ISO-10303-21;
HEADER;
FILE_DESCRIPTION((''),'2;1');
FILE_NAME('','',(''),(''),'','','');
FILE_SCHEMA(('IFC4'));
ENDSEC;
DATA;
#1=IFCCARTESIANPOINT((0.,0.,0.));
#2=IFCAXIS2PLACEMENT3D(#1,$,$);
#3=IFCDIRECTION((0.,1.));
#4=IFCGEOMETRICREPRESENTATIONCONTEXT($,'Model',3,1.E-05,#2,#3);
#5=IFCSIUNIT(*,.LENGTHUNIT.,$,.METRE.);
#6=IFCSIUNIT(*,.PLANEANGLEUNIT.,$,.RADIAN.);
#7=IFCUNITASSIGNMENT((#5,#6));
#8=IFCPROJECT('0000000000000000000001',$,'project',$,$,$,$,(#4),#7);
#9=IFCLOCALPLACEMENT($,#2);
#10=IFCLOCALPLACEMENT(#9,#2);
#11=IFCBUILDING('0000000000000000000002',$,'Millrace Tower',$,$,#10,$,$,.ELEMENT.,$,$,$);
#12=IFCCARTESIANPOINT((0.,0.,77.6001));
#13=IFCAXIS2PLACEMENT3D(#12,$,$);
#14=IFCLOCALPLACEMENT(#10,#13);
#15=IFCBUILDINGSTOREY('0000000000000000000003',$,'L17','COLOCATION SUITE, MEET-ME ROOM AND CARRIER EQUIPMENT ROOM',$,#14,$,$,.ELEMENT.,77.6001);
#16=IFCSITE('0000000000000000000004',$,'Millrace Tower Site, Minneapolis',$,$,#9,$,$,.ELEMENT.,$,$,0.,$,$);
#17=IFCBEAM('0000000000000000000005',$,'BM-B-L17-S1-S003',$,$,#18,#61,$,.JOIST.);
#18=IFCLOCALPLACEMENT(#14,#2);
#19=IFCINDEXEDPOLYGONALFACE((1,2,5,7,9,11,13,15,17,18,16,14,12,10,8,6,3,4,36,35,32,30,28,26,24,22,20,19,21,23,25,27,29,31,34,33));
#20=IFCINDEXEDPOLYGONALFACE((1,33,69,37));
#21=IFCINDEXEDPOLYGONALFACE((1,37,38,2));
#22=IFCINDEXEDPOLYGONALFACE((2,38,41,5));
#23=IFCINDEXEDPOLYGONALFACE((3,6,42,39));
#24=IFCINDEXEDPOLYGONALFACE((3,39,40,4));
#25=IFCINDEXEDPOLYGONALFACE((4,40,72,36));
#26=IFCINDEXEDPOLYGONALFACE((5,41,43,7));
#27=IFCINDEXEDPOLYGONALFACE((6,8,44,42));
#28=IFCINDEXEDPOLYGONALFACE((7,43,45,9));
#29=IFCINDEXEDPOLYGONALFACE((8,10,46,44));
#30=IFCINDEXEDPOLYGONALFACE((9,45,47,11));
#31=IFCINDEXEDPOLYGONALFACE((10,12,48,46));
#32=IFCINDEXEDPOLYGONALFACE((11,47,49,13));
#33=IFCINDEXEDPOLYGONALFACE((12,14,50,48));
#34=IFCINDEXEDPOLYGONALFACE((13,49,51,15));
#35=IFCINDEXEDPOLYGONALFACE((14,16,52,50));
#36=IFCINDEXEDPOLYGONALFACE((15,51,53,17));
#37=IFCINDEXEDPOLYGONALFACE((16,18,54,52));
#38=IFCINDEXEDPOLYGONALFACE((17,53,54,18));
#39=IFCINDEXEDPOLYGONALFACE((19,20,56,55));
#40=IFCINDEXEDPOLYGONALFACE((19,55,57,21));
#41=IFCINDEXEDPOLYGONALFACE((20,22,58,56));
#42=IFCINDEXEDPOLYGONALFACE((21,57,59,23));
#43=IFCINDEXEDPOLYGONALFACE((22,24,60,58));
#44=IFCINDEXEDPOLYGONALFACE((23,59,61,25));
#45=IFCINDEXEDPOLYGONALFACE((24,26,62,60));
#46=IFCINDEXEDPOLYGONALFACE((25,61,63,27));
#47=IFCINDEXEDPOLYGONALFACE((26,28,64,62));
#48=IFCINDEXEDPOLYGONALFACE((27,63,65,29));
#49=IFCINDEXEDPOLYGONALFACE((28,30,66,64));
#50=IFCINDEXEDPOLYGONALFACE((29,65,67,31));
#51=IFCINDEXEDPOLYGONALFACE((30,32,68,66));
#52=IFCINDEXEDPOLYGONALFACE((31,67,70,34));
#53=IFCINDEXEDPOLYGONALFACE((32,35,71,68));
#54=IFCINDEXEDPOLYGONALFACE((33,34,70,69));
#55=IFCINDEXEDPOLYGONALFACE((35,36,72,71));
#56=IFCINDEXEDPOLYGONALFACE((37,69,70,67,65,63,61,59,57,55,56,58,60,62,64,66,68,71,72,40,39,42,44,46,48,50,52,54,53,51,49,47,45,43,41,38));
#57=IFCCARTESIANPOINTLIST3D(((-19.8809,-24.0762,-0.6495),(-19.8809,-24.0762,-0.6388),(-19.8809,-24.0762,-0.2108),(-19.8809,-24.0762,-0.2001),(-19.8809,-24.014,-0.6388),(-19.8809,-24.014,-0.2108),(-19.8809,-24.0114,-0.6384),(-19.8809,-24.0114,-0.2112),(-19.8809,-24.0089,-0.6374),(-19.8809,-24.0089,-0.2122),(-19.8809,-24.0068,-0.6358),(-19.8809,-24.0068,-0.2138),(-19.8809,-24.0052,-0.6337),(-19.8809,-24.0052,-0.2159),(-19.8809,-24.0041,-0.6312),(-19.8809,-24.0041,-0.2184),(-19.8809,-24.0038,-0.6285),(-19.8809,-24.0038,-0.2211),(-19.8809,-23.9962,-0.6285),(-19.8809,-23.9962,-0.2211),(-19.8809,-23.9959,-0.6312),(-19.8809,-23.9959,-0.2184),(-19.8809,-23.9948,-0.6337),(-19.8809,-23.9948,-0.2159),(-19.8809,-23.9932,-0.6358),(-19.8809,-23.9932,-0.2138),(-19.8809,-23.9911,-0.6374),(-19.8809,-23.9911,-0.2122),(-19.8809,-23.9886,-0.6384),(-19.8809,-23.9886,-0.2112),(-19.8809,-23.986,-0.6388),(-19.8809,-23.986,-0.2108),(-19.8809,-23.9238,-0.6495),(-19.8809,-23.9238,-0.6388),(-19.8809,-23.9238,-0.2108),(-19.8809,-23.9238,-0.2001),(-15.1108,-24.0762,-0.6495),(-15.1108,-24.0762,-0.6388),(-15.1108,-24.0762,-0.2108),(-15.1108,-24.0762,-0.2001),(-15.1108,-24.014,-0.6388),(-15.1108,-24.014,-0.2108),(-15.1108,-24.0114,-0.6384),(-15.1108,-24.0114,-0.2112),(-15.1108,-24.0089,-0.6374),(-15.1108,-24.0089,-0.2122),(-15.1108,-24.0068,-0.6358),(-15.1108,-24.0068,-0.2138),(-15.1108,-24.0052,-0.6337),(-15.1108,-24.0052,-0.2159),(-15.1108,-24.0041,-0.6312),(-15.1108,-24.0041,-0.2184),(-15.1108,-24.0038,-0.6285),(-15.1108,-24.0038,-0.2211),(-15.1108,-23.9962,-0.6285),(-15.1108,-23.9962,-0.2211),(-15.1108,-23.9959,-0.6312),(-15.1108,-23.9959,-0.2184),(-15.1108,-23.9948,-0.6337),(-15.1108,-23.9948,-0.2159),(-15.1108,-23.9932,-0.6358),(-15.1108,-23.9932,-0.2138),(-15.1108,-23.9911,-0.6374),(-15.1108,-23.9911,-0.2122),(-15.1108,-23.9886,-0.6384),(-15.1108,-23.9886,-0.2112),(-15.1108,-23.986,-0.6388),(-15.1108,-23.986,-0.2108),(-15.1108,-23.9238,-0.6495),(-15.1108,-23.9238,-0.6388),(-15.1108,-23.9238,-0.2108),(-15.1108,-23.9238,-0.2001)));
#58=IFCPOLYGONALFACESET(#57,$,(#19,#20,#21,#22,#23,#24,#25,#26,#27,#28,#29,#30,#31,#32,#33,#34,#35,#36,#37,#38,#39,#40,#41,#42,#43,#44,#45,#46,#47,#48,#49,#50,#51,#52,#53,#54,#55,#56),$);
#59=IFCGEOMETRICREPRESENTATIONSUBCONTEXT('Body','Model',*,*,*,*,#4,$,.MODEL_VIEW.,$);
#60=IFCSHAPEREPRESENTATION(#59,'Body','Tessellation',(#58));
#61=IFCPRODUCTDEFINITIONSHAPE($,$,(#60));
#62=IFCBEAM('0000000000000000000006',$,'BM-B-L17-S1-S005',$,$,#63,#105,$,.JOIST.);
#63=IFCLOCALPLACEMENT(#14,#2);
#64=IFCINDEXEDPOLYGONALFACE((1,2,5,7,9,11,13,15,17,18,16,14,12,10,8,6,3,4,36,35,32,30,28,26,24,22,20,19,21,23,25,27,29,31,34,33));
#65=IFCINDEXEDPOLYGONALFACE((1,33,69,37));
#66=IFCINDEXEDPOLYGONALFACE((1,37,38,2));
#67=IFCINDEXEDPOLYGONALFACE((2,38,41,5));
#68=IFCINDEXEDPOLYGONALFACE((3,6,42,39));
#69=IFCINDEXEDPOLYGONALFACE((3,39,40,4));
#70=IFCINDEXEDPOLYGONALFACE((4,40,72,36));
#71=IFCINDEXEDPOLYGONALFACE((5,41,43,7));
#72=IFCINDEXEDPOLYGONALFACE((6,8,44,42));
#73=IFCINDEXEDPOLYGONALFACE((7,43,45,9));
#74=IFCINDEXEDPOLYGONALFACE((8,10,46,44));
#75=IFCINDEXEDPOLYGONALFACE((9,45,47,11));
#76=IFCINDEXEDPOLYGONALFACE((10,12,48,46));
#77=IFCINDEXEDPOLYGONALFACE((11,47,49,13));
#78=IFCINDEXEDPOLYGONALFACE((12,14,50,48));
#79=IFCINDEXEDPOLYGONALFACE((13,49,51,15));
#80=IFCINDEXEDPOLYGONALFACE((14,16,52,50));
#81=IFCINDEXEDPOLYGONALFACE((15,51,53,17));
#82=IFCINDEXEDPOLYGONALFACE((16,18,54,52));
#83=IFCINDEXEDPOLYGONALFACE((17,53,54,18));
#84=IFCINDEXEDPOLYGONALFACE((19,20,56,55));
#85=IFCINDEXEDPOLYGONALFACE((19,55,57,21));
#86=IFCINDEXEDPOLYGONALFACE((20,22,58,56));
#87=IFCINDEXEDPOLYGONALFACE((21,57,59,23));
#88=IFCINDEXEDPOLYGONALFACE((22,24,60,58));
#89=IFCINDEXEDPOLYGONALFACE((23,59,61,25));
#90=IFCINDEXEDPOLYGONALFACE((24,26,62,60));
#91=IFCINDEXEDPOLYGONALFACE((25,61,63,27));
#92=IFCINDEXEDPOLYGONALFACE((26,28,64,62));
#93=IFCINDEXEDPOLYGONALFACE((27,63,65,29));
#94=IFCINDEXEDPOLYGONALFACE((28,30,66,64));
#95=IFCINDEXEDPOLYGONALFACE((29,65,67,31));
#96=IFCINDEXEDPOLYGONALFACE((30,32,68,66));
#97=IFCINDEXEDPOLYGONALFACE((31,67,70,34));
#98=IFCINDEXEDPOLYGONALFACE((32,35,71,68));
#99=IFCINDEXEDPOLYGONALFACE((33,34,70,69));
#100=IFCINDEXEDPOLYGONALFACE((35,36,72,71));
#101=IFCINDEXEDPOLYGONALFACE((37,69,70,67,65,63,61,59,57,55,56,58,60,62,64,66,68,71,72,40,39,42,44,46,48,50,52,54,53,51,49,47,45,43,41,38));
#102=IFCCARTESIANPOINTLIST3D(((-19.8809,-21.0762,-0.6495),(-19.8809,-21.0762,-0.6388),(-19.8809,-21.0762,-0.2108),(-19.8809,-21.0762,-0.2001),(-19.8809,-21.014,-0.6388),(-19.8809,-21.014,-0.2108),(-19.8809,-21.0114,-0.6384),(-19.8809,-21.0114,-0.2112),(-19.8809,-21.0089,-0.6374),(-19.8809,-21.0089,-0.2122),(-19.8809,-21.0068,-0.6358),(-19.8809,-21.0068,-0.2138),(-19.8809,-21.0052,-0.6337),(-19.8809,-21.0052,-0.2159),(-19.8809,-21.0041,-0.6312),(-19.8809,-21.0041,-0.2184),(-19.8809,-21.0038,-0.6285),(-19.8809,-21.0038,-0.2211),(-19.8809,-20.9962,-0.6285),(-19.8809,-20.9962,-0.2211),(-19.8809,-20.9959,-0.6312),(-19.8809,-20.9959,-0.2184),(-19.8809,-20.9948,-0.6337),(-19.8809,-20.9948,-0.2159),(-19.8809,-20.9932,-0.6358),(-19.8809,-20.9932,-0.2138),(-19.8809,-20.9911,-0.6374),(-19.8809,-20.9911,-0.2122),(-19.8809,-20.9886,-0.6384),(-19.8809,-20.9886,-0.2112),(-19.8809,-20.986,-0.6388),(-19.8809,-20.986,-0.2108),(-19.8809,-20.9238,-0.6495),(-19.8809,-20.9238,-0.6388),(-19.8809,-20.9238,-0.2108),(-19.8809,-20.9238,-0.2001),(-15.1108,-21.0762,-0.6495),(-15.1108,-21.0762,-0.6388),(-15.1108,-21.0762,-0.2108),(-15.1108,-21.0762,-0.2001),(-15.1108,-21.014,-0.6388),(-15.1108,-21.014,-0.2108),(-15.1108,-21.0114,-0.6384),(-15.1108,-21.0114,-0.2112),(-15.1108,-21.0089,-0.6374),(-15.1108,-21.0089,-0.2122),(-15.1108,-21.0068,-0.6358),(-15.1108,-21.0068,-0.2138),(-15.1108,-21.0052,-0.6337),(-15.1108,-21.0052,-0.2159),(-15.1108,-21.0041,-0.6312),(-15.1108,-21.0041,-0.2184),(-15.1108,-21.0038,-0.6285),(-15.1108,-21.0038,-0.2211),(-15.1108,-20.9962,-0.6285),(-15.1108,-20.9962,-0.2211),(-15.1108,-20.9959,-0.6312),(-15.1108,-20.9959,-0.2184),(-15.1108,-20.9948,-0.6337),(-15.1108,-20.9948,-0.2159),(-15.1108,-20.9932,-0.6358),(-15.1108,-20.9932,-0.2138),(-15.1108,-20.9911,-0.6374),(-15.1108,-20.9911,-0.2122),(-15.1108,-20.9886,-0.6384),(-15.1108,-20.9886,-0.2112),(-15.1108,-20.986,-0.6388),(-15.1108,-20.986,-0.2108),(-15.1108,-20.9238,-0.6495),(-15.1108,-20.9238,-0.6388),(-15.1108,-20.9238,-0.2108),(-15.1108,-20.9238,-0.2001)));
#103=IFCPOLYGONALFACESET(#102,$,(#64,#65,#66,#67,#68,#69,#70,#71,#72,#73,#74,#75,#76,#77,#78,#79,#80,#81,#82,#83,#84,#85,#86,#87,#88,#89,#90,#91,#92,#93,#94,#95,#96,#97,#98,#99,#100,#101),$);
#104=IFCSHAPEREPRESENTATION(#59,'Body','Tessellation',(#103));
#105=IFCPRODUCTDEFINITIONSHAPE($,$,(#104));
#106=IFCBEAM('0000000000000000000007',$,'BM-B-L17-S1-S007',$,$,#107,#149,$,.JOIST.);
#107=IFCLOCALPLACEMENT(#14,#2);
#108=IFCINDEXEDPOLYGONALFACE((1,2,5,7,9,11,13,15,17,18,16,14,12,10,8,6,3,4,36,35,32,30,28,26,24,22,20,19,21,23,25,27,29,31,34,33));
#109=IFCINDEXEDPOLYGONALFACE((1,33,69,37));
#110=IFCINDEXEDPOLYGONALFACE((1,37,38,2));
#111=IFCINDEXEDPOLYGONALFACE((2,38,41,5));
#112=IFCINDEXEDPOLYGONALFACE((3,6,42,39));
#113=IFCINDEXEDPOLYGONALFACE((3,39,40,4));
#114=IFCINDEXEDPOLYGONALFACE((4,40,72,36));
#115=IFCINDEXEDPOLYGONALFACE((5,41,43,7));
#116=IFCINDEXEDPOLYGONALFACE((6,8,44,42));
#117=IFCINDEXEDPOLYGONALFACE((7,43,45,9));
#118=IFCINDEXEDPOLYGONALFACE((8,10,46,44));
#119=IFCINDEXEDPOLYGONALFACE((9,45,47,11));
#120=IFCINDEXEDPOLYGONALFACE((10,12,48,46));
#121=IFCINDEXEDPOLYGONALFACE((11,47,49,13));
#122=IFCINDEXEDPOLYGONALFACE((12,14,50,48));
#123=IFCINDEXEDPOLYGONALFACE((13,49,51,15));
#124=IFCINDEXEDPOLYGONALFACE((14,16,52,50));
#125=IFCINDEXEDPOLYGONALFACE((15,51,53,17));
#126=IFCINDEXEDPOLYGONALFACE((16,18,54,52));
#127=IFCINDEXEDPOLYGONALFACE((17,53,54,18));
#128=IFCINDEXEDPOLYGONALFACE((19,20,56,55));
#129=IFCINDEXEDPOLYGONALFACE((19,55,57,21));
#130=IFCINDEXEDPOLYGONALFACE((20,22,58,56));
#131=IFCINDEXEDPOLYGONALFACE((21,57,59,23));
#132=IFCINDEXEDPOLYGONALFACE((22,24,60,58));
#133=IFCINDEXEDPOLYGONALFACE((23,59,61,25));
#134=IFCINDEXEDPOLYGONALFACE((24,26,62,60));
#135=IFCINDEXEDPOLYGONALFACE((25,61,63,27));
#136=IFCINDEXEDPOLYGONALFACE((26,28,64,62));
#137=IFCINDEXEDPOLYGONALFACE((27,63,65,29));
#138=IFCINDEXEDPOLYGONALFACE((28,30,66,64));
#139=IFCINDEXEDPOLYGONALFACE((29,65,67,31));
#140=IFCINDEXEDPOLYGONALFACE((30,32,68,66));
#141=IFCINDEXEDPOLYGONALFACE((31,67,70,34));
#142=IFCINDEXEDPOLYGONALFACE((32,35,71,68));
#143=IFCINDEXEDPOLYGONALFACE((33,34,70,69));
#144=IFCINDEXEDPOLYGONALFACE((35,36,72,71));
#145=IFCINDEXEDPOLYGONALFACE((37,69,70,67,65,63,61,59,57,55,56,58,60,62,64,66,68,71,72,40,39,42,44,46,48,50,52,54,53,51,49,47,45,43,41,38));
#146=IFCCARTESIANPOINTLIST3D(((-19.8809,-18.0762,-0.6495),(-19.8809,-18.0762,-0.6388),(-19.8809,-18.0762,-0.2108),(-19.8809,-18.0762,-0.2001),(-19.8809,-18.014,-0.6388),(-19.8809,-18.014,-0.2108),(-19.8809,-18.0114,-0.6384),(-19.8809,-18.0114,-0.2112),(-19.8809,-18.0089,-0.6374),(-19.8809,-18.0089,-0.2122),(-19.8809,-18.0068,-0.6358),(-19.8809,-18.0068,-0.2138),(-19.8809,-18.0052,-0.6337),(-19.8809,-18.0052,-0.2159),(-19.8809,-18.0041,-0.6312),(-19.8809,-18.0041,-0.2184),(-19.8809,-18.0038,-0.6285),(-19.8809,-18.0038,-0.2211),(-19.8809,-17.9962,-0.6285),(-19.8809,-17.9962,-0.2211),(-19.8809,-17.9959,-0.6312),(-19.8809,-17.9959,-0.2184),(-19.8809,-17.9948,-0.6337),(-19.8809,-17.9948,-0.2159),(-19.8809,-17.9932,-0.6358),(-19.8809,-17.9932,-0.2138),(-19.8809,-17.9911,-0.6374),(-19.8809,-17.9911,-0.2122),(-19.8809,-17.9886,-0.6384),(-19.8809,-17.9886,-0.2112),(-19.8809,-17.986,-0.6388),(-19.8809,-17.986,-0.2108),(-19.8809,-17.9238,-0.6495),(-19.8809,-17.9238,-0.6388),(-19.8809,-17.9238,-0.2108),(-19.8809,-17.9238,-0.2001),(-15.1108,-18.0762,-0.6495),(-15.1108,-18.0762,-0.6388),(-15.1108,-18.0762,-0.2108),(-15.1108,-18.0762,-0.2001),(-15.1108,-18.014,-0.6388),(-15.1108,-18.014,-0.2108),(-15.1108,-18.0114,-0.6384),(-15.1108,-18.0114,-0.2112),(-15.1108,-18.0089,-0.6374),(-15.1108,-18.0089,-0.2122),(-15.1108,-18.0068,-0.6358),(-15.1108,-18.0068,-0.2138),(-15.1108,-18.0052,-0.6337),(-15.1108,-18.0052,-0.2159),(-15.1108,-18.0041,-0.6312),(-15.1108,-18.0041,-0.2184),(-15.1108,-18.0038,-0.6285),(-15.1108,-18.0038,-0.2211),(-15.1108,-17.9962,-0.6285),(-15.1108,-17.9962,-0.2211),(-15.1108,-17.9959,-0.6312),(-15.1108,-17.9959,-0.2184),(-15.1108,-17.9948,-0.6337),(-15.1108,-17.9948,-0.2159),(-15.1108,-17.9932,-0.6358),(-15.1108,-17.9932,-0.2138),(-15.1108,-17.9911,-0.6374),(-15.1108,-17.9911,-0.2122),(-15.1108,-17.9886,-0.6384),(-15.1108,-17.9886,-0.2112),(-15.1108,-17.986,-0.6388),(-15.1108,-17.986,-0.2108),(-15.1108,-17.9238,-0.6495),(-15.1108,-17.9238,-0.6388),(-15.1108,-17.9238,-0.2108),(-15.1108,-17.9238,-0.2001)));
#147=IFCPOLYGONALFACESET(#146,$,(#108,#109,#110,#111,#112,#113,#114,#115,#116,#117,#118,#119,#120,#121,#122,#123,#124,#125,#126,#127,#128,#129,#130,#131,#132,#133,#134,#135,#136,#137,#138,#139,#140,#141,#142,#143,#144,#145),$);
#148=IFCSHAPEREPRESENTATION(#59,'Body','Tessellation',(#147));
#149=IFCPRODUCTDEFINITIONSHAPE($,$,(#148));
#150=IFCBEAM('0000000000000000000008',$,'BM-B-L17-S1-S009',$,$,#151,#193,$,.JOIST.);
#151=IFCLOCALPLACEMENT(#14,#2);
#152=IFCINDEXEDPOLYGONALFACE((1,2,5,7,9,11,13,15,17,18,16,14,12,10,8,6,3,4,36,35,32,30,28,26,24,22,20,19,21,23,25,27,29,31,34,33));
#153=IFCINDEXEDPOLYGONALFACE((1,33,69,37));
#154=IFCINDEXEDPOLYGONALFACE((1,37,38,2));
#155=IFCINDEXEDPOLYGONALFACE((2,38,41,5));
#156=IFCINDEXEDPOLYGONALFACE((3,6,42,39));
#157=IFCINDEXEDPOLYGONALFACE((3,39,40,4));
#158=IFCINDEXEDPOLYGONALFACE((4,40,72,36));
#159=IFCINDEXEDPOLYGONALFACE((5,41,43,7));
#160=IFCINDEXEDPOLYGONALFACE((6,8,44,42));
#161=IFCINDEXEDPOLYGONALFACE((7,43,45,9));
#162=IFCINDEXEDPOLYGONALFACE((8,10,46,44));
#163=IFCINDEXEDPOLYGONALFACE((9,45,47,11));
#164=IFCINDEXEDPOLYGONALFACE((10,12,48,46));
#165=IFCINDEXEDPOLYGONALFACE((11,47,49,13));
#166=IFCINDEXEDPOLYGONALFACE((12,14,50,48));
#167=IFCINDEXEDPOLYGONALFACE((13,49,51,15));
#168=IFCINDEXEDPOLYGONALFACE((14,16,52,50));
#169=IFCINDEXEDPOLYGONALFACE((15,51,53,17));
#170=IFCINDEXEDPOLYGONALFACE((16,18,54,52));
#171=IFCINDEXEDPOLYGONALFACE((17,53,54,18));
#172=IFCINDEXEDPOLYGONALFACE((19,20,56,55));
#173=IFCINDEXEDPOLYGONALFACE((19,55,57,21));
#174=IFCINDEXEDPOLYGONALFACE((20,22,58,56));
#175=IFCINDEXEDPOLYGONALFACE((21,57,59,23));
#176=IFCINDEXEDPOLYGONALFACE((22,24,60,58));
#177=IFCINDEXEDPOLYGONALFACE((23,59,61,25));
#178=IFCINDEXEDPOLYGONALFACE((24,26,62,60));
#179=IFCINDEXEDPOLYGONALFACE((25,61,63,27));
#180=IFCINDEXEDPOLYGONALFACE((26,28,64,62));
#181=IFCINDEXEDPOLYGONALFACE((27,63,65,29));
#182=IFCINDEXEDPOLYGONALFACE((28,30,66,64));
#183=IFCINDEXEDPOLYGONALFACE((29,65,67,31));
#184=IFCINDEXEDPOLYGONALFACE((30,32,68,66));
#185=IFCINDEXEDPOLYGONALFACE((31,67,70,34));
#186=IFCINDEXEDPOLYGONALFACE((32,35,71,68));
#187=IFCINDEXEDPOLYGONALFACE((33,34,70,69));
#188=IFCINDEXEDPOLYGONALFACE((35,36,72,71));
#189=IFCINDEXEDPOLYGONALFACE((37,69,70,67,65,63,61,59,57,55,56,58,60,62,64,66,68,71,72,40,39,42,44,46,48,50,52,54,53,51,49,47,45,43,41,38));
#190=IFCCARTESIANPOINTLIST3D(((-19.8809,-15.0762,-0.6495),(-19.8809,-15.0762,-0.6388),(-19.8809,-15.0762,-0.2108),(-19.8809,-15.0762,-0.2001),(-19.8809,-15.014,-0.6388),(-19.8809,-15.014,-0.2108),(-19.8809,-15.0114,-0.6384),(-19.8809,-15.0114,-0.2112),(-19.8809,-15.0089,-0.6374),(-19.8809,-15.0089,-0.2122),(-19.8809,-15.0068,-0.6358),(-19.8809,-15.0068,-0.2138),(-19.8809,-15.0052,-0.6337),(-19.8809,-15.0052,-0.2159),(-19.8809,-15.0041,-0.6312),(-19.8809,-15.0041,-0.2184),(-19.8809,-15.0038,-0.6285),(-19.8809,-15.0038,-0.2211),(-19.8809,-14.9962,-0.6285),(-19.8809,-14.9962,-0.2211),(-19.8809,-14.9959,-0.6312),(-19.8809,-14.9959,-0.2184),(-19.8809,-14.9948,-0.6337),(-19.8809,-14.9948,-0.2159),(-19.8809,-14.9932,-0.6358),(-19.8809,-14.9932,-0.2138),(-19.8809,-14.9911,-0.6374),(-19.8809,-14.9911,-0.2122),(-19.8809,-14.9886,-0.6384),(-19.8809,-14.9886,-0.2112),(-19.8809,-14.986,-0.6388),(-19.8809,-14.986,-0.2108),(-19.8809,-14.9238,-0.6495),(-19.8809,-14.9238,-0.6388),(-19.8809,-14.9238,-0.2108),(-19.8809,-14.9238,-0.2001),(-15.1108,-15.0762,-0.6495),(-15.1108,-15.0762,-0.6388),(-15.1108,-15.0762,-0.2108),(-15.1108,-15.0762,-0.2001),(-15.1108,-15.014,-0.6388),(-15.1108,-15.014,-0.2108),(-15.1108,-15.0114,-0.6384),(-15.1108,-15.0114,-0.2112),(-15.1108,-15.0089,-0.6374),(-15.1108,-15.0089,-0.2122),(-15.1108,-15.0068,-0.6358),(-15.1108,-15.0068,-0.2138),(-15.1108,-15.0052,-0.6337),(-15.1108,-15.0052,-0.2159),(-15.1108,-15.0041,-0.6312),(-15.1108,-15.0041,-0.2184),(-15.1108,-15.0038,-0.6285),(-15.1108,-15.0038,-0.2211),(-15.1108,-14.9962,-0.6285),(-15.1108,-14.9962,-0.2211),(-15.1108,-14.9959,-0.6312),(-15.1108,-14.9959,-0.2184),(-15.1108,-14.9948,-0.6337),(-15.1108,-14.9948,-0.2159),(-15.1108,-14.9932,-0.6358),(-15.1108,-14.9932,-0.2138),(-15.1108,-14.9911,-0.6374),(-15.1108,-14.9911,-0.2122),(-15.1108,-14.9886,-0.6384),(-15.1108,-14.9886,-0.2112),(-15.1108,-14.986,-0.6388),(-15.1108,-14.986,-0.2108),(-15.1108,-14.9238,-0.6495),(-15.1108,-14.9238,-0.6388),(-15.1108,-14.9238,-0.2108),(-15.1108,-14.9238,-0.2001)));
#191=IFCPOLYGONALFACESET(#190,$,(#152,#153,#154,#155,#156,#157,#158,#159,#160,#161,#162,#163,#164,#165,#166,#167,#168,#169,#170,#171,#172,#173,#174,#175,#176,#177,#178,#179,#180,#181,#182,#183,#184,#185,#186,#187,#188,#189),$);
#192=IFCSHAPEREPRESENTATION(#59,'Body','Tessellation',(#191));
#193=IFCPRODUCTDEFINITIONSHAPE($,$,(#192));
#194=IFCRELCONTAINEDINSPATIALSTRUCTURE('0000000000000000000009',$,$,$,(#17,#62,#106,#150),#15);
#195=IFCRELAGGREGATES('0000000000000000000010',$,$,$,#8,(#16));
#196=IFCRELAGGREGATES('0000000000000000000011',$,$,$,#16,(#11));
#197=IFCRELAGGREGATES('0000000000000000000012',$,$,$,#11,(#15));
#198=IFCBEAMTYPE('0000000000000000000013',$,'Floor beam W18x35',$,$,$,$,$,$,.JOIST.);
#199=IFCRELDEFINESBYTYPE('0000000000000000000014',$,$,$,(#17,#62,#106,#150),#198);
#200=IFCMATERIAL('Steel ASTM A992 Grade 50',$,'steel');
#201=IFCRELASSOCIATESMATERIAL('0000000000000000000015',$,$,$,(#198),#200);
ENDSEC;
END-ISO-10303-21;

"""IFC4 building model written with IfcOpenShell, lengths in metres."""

from ifc_helpers import new_model, si_unit, direction, frame, origin, origin_2d, place, context, subcontext, project, spatial, i_section, extrude, material, material_profile, profile_set, type_object, element, save


model = new_model("IFC4")

# Units and contexts
model_context = context("Model", 3, precision=1e-05, world=origin(), true_north=direction((0.0, 1.0)))
body_context = subcontext(model_context, "Body", "Model", "MODEL_VIEW")
ifc_project = project(units=[si_unit("LENGTHUNIT", "METRE"), si_unit("PLANEANGLEUNIT", "RADIAN")], contexts=[model_context])

# Site, building, storey
site_placement = place(None, origin())
site = spatial("IfcSite", under=ifc_project, at=site_placement, Name="Millrace Tower Site, Minneapolis", CompositionType="ELEMENT", RefElevation=0.0)
building_placement = place(site_placement, origin())
building = spatial("IfcBuilding", under=site, at=building_placement, Name="Millrace Tower", CompositionType="ELEMENT")
storey_placement = place(building_placement, frame((0.0, 0.0, 77.6001)))
storey = spatial("IfcBuildingStorey", under=building, at=storey_placement, Name="L17", Description="COLOCATION SUITE, MEET-ME ROOM AND CARRIER EQUIPMENT ROOM", CompositionType="ELEMENT", Elevation=77.6001)

# Beams
ifc_material_1 = material(Name="Steel ASTM A992 Grade 50", Category="steel")
ifc_material_profile_1 = material_profile(ifc_material_1, i_section(OverallWidth=0.1523, OverallDepth=0.4495, WebThickness=0.0076, FlangeThickness=0.0107, FilletRadius=0.0103, at=origin_2d()))
ifc_profile_set_1 = profile_set([ifc_material_profile_1], Name="Steel ASTM A992 Grade 50")
beam_type_1 = type_object("IfcBeamType", Name="Floor beam W18x35", PredefinedType="JOIST", material=ifc_profile_set_1)
for number, where, z_axis, x_axis, name in (
    (1, (-19.8809, -24.0, -0.4248), (1.0, 0.0, 0.0), (0.0, 1.0, 0.0), "BM-B-L17-S1-S003"),
    (2, (-19.8809, -21.0, -0.4248), (1.0, 0.0, 0.0), (0.0, 1.0, 0.0), "BM-B-L17-S1-S005"),
    (3, (-19.8809, -18.0, -0.4248), (1.0, 0.0, 0.0), (0.0, 1.0, 0.0), "BM-B-L17-S1-S007"),
    (4, (-19.8809, -15.0, -0.4248), (1.0, 0.0, 0.0), (0.0, 1.0, 0.0), "BM-B-L17-S1-S009"),
):
    element("IfcBeam", number, at=place(storey_placement, frame(where, z_axis=z_axis, x_axis=x_axis)), inside=storey, type_object=beam_type_1, Name=name, PredefinedType="JOIST", context=body_context, shape_type="SweptSolid", body=[
        extrude(i_section(OverallWidth=0.1523, OverallDepth=0.4495, WebThickness=0.0076, FlangeThickness=0.0107, FilletRadius=0.0103, at=origin_2d()), origin(), (0.0, 0.0, 1.0), 4.77),
    ])

save(model, "model.ifc")
